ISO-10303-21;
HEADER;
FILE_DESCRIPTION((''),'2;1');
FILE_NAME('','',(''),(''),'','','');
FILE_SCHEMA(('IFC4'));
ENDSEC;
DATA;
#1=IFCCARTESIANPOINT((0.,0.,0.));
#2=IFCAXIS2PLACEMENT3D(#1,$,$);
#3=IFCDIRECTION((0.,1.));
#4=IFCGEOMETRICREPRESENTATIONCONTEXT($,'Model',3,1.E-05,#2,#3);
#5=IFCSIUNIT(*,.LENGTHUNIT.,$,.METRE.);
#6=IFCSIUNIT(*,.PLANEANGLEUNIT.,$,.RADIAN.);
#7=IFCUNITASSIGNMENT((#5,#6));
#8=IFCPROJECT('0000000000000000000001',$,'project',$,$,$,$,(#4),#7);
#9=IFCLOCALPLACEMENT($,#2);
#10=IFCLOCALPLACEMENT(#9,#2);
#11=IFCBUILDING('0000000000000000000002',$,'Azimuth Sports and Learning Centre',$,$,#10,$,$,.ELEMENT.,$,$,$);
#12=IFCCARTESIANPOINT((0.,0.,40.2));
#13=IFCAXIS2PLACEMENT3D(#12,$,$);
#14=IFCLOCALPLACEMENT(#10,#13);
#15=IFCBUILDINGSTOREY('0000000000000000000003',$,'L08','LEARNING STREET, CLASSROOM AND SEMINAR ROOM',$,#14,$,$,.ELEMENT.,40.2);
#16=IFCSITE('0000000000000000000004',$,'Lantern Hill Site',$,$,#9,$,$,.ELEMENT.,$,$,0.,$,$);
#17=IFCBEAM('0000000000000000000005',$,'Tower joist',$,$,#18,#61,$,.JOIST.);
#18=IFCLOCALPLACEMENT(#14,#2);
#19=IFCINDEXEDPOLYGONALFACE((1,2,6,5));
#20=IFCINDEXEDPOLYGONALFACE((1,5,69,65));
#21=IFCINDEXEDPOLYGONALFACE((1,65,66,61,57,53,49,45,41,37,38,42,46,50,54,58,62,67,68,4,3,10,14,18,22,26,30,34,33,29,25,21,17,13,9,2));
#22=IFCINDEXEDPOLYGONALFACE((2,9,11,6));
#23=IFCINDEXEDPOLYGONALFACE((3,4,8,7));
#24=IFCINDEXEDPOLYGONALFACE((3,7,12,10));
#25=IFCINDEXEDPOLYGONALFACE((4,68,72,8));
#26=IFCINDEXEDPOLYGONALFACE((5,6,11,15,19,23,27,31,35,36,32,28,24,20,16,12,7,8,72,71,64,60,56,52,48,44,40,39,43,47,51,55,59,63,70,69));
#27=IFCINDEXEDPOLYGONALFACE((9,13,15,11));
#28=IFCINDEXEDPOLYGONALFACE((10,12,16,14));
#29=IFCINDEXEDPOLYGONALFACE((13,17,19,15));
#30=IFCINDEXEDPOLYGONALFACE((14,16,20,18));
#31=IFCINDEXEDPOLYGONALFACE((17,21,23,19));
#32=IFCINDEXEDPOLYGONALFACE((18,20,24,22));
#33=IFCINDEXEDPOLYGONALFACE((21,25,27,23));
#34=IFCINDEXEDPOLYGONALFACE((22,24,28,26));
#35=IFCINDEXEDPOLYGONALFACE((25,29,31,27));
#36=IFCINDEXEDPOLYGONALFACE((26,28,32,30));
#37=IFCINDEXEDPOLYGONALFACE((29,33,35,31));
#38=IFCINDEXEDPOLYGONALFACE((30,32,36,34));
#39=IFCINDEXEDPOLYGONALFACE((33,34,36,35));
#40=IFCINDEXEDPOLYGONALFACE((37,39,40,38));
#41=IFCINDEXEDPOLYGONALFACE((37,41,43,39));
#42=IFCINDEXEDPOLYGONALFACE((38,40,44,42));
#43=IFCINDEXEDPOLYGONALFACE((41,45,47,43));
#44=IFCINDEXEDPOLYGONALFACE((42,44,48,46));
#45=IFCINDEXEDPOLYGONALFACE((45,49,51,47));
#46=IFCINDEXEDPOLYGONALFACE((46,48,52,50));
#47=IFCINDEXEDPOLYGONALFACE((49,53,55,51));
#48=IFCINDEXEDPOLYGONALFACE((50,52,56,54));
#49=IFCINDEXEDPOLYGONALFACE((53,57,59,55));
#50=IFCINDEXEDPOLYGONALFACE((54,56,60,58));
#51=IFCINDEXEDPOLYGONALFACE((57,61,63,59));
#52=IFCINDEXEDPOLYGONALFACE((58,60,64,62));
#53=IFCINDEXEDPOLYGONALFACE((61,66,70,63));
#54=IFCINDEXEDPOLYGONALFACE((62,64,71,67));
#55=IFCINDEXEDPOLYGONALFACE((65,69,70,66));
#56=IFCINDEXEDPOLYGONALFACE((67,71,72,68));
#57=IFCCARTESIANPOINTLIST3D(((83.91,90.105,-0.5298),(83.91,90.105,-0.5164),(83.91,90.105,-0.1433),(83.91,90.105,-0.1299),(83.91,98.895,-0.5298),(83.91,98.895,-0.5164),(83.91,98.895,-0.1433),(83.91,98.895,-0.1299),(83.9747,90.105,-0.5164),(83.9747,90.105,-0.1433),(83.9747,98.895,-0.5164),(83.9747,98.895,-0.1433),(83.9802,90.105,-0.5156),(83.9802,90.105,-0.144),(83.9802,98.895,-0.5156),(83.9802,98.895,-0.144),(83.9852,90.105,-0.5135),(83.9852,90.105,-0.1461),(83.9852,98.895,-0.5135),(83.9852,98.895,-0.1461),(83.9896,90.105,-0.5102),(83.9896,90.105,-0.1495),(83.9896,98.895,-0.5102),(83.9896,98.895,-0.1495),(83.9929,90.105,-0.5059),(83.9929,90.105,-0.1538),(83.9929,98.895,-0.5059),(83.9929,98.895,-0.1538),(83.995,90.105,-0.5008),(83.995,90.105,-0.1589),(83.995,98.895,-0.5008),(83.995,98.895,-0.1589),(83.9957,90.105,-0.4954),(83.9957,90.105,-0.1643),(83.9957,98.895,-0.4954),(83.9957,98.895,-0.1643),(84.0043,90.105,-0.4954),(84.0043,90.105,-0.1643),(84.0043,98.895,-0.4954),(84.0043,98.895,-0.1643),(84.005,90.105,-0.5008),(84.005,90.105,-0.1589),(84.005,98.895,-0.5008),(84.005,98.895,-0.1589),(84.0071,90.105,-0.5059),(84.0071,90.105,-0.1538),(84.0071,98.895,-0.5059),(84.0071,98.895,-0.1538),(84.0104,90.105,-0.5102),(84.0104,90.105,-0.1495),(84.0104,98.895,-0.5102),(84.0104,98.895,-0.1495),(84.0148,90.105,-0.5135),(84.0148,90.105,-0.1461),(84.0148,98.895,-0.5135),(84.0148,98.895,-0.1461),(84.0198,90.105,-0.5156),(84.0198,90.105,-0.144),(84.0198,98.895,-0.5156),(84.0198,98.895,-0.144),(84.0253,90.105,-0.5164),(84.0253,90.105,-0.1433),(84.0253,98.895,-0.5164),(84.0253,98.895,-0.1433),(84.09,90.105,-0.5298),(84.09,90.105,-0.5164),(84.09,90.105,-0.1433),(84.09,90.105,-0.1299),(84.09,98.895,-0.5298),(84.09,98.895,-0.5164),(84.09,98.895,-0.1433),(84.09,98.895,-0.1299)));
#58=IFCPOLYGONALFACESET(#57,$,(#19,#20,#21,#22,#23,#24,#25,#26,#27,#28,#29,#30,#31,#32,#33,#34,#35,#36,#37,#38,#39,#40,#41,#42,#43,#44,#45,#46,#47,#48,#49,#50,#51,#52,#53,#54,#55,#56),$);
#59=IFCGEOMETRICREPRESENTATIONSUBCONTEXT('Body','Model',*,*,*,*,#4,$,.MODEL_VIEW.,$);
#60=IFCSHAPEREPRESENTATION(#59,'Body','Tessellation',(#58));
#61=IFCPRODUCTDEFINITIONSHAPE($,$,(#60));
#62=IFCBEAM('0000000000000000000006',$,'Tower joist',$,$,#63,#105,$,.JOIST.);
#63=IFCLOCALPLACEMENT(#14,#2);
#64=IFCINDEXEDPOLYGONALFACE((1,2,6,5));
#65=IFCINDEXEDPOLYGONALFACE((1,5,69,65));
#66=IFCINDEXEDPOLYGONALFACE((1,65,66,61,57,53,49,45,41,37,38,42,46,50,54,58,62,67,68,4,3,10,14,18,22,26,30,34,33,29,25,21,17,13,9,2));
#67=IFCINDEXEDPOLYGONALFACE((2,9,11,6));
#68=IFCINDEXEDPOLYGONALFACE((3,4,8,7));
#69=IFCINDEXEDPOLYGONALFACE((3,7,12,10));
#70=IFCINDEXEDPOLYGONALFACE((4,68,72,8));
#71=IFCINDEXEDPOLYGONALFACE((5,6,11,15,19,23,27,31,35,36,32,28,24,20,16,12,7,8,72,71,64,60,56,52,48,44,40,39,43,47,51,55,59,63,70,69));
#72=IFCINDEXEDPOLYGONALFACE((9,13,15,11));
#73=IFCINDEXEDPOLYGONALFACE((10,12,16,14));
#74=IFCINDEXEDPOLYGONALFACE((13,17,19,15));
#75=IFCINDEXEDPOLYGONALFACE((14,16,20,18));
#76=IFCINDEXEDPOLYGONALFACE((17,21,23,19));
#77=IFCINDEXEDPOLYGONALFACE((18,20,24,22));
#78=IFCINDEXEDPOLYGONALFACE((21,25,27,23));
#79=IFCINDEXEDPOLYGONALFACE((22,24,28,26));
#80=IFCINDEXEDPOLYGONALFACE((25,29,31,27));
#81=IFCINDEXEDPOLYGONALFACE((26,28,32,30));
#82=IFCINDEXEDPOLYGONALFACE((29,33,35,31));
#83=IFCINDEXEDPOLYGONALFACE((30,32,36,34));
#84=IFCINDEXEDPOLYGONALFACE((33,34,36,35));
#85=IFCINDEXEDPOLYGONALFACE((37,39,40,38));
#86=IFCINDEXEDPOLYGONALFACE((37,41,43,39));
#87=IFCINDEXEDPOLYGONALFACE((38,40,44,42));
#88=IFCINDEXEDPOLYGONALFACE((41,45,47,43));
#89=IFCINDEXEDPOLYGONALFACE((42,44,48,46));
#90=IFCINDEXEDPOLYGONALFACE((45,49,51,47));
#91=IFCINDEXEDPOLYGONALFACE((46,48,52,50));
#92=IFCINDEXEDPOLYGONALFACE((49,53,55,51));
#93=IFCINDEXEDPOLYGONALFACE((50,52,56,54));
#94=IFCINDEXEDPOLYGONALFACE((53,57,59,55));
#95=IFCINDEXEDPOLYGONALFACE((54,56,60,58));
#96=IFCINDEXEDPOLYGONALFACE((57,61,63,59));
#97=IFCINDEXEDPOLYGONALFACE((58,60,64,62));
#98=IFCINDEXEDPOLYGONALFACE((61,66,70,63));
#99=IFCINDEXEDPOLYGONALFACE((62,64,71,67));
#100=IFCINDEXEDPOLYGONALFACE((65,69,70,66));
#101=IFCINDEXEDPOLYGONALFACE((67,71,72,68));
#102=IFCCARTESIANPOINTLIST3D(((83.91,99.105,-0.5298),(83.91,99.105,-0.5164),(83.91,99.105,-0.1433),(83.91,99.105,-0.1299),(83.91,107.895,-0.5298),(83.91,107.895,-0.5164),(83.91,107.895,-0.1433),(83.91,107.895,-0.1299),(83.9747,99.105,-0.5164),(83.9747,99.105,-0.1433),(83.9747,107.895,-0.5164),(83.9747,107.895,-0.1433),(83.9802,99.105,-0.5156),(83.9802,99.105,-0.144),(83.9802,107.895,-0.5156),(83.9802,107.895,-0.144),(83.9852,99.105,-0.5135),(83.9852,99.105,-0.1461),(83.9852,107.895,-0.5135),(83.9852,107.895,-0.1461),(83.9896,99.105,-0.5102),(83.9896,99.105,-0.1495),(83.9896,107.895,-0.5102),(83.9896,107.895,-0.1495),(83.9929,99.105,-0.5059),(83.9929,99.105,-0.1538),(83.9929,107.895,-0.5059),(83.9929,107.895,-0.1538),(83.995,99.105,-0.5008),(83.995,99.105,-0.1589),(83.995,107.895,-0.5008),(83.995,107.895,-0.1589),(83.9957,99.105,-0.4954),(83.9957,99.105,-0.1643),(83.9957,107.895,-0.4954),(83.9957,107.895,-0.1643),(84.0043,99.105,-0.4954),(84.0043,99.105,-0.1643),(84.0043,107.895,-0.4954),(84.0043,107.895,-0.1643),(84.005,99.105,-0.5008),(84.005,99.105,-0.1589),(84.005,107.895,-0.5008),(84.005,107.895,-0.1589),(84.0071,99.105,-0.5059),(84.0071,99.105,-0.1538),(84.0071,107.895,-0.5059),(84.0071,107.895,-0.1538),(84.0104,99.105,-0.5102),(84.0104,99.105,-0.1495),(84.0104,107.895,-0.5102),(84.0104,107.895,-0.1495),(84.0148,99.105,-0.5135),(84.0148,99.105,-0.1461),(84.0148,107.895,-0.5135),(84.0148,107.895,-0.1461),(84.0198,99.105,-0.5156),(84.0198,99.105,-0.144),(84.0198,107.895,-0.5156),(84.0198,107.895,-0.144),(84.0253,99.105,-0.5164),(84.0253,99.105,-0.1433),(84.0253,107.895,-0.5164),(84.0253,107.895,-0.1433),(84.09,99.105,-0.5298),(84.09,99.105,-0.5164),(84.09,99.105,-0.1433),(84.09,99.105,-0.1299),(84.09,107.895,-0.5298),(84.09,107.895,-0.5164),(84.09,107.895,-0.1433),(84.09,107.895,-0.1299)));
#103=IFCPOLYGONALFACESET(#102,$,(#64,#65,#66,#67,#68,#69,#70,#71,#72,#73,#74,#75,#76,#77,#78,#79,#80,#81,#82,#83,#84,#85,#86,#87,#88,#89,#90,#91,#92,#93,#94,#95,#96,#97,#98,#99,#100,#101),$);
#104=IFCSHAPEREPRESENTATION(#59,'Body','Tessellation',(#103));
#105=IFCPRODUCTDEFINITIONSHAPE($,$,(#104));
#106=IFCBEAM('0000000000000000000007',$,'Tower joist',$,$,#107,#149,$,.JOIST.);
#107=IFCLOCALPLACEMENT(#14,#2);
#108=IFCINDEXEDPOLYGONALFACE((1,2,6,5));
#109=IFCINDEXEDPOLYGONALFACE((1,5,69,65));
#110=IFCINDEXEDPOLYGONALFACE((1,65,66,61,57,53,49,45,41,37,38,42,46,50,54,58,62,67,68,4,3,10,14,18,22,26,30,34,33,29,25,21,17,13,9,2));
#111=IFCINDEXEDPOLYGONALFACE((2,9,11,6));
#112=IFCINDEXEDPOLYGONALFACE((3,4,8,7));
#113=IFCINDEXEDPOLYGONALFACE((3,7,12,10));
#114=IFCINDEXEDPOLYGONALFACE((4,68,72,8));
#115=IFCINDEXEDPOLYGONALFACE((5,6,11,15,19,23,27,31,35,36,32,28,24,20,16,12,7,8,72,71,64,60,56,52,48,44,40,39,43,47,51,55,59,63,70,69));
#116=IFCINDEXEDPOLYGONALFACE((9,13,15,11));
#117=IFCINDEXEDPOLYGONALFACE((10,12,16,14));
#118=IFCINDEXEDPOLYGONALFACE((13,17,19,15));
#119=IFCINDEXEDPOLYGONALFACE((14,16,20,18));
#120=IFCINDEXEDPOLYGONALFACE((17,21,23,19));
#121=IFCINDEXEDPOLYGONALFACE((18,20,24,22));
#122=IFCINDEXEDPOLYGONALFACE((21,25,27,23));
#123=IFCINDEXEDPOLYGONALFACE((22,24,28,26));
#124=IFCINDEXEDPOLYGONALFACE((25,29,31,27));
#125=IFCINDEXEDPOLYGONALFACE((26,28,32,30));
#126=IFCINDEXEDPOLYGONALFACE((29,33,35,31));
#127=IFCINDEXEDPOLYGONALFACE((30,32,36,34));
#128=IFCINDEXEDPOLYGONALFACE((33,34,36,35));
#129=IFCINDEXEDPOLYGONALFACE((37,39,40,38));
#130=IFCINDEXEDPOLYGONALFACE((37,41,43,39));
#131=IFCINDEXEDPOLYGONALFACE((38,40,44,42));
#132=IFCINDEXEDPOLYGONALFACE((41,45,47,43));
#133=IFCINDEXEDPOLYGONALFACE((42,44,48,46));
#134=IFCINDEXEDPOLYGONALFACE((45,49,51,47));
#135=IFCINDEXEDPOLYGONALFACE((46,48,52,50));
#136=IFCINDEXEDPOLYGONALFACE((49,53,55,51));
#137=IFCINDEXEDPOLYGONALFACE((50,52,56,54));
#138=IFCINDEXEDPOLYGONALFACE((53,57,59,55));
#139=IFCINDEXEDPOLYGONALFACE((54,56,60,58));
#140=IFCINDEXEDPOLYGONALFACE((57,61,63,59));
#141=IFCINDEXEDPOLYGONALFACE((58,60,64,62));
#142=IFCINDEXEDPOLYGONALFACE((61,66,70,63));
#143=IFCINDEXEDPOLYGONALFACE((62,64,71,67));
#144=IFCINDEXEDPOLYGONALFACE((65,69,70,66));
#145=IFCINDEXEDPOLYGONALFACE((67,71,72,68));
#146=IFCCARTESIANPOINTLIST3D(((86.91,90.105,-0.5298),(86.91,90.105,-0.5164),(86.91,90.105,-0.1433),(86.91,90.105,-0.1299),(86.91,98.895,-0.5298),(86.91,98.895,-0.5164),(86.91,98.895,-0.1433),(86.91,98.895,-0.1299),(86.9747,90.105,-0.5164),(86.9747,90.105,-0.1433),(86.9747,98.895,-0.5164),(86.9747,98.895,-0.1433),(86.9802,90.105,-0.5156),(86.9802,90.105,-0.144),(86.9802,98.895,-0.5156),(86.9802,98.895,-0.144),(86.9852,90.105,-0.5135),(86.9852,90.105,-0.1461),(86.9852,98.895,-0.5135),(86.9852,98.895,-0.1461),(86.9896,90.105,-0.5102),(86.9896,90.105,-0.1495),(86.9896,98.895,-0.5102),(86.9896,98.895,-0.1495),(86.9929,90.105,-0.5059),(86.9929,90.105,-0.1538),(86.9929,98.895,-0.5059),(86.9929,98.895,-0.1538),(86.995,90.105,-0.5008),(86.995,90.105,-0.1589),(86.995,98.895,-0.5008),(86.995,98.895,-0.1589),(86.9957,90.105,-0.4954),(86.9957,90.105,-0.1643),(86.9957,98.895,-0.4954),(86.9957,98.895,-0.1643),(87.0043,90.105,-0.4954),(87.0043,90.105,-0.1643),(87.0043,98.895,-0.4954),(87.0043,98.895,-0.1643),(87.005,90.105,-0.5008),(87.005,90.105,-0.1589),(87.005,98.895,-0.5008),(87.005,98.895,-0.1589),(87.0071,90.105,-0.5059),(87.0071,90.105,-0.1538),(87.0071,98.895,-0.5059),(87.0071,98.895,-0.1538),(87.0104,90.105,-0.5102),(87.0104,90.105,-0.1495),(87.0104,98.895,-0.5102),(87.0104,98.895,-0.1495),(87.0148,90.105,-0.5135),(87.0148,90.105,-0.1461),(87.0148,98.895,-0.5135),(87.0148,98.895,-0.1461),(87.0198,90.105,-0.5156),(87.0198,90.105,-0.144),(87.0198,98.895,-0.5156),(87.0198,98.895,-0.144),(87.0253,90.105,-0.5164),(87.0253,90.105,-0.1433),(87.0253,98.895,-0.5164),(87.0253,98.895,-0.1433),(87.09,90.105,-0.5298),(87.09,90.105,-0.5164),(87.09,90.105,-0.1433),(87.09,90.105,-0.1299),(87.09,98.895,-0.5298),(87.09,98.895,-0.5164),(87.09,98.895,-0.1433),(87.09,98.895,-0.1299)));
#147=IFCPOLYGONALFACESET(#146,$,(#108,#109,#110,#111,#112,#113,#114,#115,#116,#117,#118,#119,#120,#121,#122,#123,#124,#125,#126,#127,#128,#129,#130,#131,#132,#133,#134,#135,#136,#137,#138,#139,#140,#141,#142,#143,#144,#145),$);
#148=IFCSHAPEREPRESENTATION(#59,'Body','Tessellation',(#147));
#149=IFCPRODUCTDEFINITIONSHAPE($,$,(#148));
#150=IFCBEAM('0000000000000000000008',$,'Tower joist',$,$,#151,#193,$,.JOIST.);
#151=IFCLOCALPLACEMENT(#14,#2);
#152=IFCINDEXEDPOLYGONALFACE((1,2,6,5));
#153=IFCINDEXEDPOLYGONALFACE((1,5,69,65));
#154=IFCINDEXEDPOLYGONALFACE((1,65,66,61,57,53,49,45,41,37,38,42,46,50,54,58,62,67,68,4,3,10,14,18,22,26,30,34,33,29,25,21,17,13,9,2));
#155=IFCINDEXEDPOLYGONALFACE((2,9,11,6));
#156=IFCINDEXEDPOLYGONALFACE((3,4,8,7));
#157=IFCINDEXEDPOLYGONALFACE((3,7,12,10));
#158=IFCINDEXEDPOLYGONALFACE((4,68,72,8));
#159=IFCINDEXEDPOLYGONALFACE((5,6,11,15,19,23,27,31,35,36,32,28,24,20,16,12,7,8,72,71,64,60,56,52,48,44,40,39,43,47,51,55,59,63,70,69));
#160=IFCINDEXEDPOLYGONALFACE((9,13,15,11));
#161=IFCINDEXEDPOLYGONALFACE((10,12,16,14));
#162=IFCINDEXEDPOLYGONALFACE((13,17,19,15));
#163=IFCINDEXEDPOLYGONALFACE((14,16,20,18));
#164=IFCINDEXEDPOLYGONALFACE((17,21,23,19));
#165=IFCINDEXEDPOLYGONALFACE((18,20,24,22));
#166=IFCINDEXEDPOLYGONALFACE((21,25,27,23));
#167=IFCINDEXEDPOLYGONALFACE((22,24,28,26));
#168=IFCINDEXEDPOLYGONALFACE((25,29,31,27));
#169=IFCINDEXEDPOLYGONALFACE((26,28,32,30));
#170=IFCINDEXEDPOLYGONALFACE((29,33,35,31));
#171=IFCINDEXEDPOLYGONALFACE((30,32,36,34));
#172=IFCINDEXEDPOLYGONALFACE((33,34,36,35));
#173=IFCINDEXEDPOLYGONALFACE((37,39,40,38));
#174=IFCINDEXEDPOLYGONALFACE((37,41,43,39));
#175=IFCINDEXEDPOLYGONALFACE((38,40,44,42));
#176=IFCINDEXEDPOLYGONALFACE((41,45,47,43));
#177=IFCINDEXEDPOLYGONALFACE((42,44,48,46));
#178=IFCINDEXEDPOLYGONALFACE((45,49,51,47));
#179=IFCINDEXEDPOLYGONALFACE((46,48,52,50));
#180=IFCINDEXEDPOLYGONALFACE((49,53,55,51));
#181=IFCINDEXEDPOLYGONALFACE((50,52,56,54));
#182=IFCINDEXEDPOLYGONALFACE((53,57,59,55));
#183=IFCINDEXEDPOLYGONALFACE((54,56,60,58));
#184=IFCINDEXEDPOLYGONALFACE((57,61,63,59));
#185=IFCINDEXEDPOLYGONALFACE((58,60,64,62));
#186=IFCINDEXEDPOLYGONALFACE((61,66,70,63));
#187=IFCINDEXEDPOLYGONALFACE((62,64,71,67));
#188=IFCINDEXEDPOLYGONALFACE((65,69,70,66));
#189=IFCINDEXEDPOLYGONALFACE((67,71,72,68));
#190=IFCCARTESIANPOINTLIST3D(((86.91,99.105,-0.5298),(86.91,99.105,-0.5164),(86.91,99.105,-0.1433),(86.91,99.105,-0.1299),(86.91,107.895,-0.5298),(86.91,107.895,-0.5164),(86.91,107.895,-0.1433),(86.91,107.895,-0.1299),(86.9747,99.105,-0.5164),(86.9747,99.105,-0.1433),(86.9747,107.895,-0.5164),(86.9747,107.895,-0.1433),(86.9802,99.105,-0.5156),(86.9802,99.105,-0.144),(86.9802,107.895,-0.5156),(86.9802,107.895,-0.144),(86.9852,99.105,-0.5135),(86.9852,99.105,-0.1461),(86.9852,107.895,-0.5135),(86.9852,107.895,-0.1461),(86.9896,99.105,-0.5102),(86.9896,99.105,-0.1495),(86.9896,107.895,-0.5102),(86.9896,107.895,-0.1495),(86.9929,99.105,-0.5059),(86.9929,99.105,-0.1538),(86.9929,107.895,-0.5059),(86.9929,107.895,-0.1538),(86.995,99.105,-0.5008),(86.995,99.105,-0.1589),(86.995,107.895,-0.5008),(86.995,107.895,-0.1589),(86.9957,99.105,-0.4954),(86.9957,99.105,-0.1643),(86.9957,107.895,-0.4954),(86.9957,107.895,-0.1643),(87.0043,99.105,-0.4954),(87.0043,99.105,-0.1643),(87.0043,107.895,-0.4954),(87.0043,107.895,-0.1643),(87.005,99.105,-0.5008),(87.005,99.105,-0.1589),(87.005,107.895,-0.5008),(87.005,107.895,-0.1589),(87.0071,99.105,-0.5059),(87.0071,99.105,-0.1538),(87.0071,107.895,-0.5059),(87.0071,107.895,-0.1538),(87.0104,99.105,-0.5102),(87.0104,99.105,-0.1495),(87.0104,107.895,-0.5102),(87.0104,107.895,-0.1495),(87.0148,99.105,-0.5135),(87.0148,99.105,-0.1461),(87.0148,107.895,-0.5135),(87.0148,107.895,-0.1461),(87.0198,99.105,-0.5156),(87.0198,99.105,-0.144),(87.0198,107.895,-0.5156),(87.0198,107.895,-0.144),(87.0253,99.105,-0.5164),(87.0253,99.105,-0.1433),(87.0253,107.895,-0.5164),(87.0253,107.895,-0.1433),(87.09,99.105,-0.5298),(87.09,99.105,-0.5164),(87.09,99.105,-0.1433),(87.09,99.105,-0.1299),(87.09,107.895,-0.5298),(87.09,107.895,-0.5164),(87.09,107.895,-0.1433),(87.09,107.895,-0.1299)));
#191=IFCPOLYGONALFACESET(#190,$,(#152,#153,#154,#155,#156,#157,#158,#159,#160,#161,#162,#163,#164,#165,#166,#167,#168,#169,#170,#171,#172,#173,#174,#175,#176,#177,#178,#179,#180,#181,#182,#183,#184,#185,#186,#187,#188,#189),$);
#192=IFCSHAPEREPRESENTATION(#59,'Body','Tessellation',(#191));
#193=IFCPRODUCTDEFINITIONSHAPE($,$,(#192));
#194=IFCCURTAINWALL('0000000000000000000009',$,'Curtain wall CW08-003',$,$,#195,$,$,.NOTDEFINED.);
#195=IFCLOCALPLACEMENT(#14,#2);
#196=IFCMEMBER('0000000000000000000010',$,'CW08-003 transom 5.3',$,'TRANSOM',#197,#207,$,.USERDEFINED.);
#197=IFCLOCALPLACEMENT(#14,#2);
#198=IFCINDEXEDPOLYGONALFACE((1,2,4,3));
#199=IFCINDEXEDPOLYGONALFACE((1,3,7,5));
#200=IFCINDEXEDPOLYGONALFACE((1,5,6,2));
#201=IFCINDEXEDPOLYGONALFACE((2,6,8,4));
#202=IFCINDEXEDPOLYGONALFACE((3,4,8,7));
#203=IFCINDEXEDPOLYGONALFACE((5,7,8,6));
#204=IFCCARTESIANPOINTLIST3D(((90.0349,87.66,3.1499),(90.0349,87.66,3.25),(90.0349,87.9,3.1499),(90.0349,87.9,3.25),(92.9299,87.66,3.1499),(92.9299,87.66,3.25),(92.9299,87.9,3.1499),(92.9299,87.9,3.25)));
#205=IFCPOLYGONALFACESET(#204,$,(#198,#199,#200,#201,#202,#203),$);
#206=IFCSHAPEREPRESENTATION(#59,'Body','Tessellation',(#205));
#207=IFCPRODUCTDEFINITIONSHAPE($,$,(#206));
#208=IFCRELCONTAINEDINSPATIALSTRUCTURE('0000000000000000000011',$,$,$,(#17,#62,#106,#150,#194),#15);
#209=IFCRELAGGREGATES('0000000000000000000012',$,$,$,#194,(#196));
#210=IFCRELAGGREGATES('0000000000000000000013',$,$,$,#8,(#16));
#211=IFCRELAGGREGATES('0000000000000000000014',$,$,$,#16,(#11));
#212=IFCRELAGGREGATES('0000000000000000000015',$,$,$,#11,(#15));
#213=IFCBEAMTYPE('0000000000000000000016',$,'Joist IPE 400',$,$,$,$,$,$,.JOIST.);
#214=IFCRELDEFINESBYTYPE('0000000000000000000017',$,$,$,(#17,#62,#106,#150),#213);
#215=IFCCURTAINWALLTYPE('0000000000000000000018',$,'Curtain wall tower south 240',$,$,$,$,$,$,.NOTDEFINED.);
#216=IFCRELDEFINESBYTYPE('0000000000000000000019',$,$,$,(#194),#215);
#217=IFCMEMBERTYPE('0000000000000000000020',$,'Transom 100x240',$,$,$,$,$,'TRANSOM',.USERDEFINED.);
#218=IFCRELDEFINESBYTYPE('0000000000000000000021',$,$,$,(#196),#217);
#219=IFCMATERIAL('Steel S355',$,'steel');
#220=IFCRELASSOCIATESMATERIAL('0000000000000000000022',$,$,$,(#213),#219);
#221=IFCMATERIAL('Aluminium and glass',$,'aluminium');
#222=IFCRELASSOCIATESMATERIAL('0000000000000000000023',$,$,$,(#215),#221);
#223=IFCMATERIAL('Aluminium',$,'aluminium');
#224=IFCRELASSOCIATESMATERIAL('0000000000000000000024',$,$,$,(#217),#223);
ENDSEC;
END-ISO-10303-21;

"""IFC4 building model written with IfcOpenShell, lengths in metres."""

from ifc_helpers import new_model, si_unit, direction, frame, origin, origin_2d, place, context, subcontext, project, spatial, rectangle, i_section, extrude, material, material_profile, profile_set, type_object, element, aggregate, save


model = new_model("IFC4")

# Units and contexts
model_context = context("Model", 3, precision=1e-05, world=origin(), true_north=direction((0.0, 1.0)))
body_context = subcontext(model_context, "Body", "Model", "MODEL_VIEW")
ifc_project = project(units=[si_unit("LENGTHUNIT", "METRE"), si_unit("PLANEANGLEUNIT", "RADIAN")], contexts=[model_context])

# Site, building, storey
site_placement = place(None, origin())
site = spatial("IfcSite", under=ifc_project, at=site_placement, Name="Lantern Hill Site", CompositionType="ELEMENT", RefElevation=0.0)
building_placement = place(site_placement, origin())
building = spatial("IfcBuilding", under=site, at=building_placement, Name="Azimuth Sports and Learning Centre", CompositionType="ELEMENT")
storey_placement = place(building_placement, frame((0.0, 0.0, 40.2)))
storey = spatial("IfcBuildingStorey", under=building, at=storey_placement, Name="L08", Description="LEARNING STREET, CLASSROOM AND SEMINAR ROOM", CompositionType="ELEMENT", Elevation=40.2)

# Beams
ifc_material_1 = material(Name="Steel S355", Category="steel")
ifc_material_profile_1 = material_profile(ifc_material_1, i_section(OverallWidth=0.1799, OverallDepth=0.3999, WebThickness=0.0085, FlangeThickness=0.0134, FilletRadius=0.021, at=origin_2d()), Name="IPE 400")
ifc_profile_set_1 = profile_set([ifc_material_profile_1], Name="Steel S355")
beam_type_1 = type_object("IfcBeamType", Name="Joist IPE 400", PredefinedType="JOIST", material=ifc_profile_set_1)
for number, where, z_axis, x_axis, name in (
    (1, (84.0, 90.105, -0.3298), (0.0, 1.0, 0.0), (-1.0, 0.0, 0.0), "Tower joist"),
    (2, (84.0, 99.105, -0.3298), (0.0, 1.0, 0.0), (-1.0, 0.0, 0.0), "Tower joist"),
    (3, (87.0, 90.105, -0.3298), (0.0, 1.0, 0.0), (-1.0, 0.0, 0.0), "Tower joist"),
    (4, (87.0, 99.105, -0.3298), (0.0, 1.0, 0.0), (-1.0, 0.0, 0.0), "Tower joist"),
):
    element("IfcBeam", number, at=place(storey_placement, frame(where, z_axis=z_axis, x_axis=x_axis)), inside=storey, type_object=beam_type_1, Name=name, PredefinedType="JOIST", context=body_context, shape_type="SweptSolid", body=[
        extrude(i_section(OverallWidth=0.1799, OverallDepth=0.3999, WebThickness=0.0085, FlangeThickness=0.0134, FilletRadius=0.021, at=origin_2d()), origin(), (0.0, 0.0, 1.0), 8.79),
    ])

# Curtain wall, member
ifc_material_2 = material(Name="Aluminium and glass", Category="aluminium")
curtain_wall_type = type_object("IfcCurtainWallType", Name="Curtain wall tower south 240", PredefinedType="NOTDEFINED", material=ifc_material_2)
curtain_wall_placement = place(storey_placement, origin())
curtain_wall = element("IfcCurtainWall", 5, at=curtain_wall_placement, inside=storey, type_object=curtain_wall_type, Name="Curtain wall CW08-003", PredefinedType="NOTDEFINED")
ifc_material_3 = material(Name="Aluminium", Category="aluminium")
ifc_material_profile_2 = material_profile(ifc_material_3, rectangle(XDim=0.24, YDim=0.1001, at=origin_2d()), Name="Transom 100x240")
ifc_profile_set_2 = profile_set([ifc_material_profile_2], Name="Aluminium")
member_type = type_object("IfcMemberType", Name="Transom 100x240", ElementType="TRANSOM", PredefinedType="USERDEFINED", material=ifc_profile_set_2)
member_1_placement = place(storey_placement, frame((90.0349, 87.78, 3.2), z_axis=(1.0, 0.0, 0.0), x_axis=(0.0, 1.0, 0.0)))
member_1 = element("IfcMember", 6, at=member_1_placement, type_object=member_type, Name="CW08-003 transom 5.3", ObjectType="TRANSOM", PredefinedType="USERDEFINED", context=body_context, shape_type="SweptSolid", body=[
    extrude(rectangle(XDim=0.24, YDim=0.1001, at=origin_2d()), origin(), (0.0, 0.0, 1.0), 2.895),
])
aggregate(curtain_wall, [member_1])

save(model, "model.ifc")
